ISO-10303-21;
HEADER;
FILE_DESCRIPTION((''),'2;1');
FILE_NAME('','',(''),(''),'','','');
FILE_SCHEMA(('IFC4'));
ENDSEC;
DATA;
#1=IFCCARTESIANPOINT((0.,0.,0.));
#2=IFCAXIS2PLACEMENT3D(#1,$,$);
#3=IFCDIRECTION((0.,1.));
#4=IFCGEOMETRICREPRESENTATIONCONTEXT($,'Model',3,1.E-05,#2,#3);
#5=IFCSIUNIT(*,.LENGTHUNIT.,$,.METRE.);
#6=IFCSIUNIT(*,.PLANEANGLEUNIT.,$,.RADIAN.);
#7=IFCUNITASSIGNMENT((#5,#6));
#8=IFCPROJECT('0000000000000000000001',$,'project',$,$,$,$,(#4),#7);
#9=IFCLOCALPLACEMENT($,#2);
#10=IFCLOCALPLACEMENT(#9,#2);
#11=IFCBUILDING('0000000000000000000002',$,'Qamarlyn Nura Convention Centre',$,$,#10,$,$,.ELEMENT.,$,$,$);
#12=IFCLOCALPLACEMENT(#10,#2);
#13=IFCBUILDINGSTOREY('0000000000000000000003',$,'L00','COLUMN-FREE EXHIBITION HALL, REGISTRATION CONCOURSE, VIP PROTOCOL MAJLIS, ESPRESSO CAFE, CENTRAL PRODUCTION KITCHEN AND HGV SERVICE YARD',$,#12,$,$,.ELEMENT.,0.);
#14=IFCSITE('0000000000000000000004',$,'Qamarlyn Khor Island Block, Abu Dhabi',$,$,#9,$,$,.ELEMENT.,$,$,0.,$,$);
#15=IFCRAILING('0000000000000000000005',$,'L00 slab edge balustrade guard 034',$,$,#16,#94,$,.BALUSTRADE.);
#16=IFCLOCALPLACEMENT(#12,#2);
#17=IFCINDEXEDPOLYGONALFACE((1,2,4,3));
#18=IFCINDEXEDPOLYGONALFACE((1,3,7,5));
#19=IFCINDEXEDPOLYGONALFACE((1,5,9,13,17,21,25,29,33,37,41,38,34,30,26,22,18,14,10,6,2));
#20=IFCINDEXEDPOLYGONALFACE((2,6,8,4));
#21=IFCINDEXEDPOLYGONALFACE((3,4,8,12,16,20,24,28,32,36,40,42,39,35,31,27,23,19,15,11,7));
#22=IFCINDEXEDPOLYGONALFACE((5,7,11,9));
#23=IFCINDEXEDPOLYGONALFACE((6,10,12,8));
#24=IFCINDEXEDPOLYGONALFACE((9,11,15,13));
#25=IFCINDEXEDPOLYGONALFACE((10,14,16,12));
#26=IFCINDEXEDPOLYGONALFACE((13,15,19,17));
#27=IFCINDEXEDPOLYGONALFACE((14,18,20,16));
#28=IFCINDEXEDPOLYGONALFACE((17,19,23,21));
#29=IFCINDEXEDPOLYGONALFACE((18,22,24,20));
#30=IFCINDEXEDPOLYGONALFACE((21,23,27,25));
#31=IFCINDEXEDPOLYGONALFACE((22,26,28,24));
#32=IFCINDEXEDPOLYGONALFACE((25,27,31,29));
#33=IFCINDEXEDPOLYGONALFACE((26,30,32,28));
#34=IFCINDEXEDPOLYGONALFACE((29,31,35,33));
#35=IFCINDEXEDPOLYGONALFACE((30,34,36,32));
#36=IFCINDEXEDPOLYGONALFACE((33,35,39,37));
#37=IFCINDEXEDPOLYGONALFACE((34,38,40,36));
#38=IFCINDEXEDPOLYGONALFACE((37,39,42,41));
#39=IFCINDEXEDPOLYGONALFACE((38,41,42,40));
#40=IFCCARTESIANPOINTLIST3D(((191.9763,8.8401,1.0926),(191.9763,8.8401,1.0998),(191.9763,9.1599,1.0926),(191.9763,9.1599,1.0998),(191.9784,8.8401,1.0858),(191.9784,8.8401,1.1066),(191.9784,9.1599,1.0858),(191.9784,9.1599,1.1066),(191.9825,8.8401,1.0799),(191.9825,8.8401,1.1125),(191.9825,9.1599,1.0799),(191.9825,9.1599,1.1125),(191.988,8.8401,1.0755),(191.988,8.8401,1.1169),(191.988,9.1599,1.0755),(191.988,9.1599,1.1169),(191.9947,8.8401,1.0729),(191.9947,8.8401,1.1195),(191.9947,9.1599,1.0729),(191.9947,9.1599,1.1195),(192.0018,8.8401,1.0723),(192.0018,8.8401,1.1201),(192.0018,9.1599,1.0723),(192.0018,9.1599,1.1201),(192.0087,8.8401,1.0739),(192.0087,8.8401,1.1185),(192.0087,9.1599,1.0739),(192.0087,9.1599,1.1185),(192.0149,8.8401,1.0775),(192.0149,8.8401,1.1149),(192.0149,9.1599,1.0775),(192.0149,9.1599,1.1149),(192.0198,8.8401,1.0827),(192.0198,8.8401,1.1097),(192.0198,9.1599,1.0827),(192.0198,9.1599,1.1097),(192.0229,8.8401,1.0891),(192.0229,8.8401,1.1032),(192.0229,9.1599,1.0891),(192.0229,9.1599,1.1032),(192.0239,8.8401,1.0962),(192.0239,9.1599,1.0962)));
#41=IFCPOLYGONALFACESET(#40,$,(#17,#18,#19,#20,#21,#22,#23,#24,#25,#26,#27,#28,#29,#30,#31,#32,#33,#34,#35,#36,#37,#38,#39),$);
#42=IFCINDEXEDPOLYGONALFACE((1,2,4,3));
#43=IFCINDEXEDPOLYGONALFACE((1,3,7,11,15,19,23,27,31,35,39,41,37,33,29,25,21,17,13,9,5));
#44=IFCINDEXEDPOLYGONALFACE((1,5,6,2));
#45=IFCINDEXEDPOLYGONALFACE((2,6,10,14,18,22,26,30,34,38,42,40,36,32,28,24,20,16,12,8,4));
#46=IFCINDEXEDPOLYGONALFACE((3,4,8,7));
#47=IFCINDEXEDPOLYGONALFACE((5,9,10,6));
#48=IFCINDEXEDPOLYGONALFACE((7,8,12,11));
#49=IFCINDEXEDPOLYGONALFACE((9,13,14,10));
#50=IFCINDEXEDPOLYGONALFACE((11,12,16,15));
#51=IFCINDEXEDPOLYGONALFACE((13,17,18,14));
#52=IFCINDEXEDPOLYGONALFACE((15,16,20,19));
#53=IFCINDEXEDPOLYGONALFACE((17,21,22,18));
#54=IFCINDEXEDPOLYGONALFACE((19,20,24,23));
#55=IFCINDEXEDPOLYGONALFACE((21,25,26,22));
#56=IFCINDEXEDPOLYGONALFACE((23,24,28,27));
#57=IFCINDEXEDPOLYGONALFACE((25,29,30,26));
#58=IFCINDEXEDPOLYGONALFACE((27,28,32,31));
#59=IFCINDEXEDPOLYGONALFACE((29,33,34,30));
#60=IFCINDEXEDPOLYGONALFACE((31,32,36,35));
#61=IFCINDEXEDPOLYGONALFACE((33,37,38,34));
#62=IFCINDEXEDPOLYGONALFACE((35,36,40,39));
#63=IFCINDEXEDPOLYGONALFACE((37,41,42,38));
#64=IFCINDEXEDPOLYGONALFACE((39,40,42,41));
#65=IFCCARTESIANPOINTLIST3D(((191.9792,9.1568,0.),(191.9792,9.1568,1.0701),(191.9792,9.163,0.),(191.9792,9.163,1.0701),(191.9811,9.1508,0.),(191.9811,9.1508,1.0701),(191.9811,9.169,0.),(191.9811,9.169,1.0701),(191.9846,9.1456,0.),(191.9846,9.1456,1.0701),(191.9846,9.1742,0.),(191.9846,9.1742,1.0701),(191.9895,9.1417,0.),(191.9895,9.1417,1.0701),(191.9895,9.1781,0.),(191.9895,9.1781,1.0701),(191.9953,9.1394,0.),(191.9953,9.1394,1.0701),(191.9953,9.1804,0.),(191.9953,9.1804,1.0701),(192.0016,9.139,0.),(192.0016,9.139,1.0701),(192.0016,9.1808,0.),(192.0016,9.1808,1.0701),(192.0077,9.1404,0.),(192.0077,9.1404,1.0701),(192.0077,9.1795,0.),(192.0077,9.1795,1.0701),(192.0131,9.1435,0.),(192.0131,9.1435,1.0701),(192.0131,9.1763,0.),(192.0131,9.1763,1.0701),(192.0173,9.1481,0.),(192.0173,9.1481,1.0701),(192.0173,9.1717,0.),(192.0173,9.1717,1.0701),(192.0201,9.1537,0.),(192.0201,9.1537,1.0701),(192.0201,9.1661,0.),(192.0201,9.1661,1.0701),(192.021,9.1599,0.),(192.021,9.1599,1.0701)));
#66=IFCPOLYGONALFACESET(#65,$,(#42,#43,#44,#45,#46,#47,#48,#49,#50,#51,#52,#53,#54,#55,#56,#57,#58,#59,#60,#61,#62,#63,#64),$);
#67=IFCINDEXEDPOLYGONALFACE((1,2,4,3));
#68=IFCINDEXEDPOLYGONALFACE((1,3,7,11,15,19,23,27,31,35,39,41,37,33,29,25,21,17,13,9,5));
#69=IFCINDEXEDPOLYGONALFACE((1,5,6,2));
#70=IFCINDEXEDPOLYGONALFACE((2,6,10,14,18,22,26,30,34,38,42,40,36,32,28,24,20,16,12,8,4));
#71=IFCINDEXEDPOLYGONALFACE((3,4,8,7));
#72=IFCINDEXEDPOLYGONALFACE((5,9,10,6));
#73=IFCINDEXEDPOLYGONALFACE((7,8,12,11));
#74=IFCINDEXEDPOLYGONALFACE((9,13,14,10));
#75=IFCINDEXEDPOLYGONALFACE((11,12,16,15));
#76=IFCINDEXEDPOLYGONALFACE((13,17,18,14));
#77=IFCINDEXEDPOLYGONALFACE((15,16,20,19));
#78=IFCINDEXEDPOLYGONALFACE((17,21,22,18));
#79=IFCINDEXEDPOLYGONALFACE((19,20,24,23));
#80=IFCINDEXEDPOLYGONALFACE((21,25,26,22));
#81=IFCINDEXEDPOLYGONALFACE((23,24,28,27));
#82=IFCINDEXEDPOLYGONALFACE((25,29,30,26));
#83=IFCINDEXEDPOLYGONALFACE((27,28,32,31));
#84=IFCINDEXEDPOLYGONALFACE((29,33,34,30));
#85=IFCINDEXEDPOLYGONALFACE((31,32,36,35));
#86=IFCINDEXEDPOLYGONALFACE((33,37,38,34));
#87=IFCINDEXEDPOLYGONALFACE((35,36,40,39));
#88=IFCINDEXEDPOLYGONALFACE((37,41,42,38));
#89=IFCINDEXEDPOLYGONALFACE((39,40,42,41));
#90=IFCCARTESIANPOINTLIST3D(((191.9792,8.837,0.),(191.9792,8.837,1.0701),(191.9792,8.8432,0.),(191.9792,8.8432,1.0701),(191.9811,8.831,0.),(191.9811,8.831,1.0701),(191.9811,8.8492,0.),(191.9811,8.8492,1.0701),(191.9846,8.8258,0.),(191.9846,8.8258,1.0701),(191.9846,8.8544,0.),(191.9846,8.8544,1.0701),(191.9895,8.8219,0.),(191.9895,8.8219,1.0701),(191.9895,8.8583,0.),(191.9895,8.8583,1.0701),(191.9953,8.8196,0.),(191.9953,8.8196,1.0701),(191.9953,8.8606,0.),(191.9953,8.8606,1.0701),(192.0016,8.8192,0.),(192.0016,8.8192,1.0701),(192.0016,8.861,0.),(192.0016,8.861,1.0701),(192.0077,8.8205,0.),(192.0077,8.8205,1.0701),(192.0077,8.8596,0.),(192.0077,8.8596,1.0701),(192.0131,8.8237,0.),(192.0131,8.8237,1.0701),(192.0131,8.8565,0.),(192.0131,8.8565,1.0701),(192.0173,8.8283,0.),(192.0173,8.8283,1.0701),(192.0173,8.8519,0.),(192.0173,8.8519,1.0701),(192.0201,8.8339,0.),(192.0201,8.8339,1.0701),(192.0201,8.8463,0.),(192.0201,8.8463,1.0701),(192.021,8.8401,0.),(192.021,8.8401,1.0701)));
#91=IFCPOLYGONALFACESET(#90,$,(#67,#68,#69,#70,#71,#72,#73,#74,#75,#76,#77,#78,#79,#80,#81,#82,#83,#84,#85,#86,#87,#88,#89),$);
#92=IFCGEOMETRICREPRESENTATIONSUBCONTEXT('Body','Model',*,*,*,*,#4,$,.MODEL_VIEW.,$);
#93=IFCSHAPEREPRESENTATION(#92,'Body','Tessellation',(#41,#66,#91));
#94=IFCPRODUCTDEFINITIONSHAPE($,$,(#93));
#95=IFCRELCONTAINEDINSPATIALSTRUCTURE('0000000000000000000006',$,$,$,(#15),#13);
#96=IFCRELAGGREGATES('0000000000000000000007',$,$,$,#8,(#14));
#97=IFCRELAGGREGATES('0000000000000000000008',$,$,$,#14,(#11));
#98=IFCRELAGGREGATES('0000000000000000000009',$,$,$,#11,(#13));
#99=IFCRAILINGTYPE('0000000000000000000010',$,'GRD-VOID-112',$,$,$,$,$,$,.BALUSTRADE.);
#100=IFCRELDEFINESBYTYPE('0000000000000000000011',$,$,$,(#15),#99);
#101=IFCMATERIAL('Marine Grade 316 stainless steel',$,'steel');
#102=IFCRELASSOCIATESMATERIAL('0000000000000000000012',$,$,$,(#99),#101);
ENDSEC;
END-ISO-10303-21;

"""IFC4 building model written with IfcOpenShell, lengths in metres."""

from ifc_helpers import new_model, si_unit, direction, frame, origin, origin_2d, place, context, subcontext, project, spatial, circle, extrude, material, type_object, element, save


model = new_model("IFC4")

# Units and contexts
model_context = context("Model", 3, precision=1e-05, world=origin(), true_north=direction((0.0, 1.0)))
body_context = subcontext(model_context, "Body", "Model", "MODEL_VIEW")
ifc_project = project(units=[si_unit("LENGTHUNIT", "METRE"), si_unit("PLANEANGLEUNIT", "RADIAN")], contexts=[model_context])

# Site, building, storey
site_placement = place(None, origin())
site = spatial("IfcSite", under=ifc_project, at=site_placement, Name="Qamarlyn Khor Island Block, Abu Dhabi", CompositionType="ELEMENT", RefElevation=0.0)
building_placement = place(site_placement, origin())
building = spatial("IfcBuilding", under=site, at=building_placement, Name="Qamarlyn Nura Convention Centre", CompositionType="ELEMENT")
storey_placement = place(building_placement, origin())
storey = spatial("IfcBuildingStorey", under=building, at=storey_placement, Name="L00", Description="COLUMN-FREE EXHIBITION HALL, REGISTRATION CONCOURSE, VIP PROTOCOL MAJLIS, ESPRESSO CAFE, CENTRAL PRODUCTION KITCHEN AND HGV SERVICE YARD", CompositionType="ELEMENT", Elevation=0.0)

# Shared definitions
ifc_material_1 = material(Name="Marine Grade 316 stainless steel", Category="steel")

# Railing
railing_type = type_object("IfcRailingType", Name="GRD-VOID-112", PredefinedType="BALUSTRADE", material=ifc_material_1)
railing_placement = place(storey_placement, frame((192.0, 9.1599, 0.0)))
element("IfcRailing", 1, at=railing_placement, inside=storey, type_object=railing_type, Name="L00 slab edge balustrade guard 034", PredefinedType="BALUSTRADE", context=body_context, shape_type="SweptSolid", body=[
    extrude(circle(Radius=0.0239, at=origin_2d()), frame((0.0, 0.0, 1.0962), z_axis=(0.0, -1.0, 0.0), x_axis=(1.0, 0.0, 0.0)), (0.0, 0.0, 1.0), 0.3198),
    extrude(circle(Radius=0.021, at=origin_2d()), origin(), (0.0, 0.0, 1.0), 1.0701),
    extrude(circle(Radius=0.021, at=origin_2d()), frame((0.0, -0.3198, 0.0)), (0.0, 0.0, 1.0), 1.0701),
])

save(model, "model.ifc")
